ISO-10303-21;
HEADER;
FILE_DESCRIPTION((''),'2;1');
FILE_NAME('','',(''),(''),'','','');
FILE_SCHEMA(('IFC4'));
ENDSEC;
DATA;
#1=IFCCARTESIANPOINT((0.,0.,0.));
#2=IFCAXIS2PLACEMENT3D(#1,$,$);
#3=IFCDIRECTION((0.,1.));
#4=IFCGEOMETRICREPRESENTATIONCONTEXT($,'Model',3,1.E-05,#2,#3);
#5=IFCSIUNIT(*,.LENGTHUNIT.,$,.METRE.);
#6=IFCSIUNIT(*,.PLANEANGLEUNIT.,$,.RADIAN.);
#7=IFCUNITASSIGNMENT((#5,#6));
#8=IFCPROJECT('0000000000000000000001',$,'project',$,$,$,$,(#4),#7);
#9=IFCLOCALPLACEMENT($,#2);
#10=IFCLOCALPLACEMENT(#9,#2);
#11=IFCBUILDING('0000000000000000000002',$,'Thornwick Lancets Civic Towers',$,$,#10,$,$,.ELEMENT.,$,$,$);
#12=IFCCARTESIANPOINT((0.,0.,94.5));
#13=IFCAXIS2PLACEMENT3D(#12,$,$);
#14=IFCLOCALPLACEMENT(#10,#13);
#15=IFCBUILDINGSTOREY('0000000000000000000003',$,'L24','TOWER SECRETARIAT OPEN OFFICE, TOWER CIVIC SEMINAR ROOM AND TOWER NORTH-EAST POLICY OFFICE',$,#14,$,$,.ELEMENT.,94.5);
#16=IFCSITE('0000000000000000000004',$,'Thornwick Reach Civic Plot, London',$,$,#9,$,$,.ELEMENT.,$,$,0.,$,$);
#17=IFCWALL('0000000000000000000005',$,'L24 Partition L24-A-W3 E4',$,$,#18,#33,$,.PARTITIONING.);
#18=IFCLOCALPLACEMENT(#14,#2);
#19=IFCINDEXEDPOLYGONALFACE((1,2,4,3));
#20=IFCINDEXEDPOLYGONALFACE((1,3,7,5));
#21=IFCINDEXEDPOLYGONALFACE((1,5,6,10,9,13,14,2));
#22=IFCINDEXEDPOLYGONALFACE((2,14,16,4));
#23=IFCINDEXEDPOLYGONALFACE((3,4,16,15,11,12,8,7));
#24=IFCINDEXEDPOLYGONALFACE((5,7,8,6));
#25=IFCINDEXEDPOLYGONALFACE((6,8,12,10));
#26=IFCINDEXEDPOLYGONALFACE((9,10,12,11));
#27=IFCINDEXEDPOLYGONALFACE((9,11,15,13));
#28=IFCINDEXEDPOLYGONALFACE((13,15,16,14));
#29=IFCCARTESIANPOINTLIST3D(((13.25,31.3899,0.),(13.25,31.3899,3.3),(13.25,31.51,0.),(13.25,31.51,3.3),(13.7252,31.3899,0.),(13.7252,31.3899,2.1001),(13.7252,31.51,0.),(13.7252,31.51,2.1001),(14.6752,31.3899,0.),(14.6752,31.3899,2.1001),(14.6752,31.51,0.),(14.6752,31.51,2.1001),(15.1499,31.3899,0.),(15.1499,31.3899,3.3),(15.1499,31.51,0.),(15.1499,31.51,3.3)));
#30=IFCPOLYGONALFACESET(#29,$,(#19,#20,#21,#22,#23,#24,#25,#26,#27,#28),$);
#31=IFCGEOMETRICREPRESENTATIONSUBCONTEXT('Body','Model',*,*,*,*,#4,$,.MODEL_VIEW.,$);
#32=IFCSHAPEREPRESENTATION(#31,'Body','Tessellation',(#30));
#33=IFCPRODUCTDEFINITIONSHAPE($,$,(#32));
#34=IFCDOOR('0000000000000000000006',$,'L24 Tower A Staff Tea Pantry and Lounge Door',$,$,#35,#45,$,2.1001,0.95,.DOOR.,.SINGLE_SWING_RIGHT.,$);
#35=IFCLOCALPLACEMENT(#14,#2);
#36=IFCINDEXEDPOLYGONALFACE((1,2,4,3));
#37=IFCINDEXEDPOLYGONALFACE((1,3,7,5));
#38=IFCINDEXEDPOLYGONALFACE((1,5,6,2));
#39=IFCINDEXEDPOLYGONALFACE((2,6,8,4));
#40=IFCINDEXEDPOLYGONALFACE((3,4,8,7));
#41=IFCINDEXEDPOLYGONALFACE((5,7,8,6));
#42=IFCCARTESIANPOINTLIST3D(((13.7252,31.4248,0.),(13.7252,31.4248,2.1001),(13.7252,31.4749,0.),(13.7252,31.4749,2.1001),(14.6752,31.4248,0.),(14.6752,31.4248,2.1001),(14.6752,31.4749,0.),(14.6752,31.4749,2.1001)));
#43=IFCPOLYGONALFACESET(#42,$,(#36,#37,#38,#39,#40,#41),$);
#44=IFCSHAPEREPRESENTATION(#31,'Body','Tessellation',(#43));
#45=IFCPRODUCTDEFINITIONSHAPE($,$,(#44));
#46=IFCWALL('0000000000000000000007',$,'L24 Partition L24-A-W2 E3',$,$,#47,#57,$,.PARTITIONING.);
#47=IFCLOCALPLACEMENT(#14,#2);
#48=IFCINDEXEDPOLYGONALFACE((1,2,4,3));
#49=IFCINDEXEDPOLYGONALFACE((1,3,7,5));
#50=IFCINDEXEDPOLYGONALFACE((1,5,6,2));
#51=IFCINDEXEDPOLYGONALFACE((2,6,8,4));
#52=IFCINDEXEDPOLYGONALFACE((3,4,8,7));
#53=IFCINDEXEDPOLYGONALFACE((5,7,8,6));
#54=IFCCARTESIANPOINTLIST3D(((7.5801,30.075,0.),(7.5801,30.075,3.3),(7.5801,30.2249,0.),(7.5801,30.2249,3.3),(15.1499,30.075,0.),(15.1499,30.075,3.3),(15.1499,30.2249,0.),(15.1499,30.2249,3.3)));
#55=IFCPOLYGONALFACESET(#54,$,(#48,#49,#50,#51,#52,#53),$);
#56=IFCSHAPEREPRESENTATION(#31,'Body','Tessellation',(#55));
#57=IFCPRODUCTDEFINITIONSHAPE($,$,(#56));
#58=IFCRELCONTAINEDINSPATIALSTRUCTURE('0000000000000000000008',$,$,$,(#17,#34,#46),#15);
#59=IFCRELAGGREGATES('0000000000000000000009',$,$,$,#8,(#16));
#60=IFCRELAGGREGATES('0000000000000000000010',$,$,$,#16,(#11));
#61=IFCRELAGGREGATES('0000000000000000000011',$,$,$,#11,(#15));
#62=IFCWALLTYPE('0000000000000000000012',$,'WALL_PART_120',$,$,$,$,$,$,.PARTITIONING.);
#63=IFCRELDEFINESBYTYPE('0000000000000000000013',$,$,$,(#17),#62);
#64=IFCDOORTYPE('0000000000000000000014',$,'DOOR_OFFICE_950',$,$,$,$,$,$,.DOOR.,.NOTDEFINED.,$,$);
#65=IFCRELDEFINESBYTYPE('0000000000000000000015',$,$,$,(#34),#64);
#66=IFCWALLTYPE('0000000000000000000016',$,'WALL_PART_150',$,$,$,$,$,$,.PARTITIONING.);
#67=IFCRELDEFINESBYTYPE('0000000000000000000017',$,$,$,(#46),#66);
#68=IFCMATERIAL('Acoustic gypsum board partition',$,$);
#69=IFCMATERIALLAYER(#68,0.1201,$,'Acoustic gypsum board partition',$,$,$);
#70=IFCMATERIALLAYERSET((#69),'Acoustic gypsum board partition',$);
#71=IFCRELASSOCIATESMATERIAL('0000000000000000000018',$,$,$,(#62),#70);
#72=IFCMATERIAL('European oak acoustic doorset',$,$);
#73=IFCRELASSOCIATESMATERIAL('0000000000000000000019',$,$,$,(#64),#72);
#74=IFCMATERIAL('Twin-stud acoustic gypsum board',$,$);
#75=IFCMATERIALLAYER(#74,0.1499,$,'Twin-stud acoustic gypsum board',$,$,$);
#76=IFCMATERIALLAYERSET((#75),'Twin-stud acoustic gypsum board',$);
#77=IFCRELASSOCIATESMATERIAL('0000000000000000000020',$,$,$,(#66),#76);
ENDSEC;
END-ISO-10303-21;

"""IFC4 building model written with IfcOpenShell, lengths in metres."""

from ifc_helpers import new_model, si_unit, direction, frame, frame_2d, origin, place, context, subcontext, project, spatial, rectangle, extrude, material, layer, layer_set, type_object, element, fill, save


model = new_model("IFC4")

# Units and contexts
model_context = context("Model", 3, precision=1e-05, world=origin(), true_north=direction((0.0, 1.0)))
body_context = subcontext(model_context, "Body", "Model", "MODEL_VIEW")
ifc_project = project(units=[si_unit("LENGTHUNIT", "METRE"), si_unit("PLANEANGLEUNIT", "RADIAN")], contexts=[model_context])

# Site, building, storey
site_placement = place(None, origin())
site = spatial("IfcSite", under=ifc_project, at=site_placement, Name="Thornwick Reach Civic Plot, London", CompositionType="ELEMENT", RefElevation=0.0)
building_placement = place(site_placement, origin())
building = spatial("IfcBuilding", under=site, at=building_placement, Name="Thornwick Lancets Civic Towers", CompositionType="ELEMENT")
storey_placement = place(building_placement, frame((0.0, 0.0, 94.5)))
storey = spatial("IfcBuildingStorey", under=building, at=storey_placement, Name="L24", Description="TOWER SECRETARIAT OPEN OFFICE, TOWER CIVIC SEMINAR ROOM AND TOWER NORTH-EAST POLICY OFFICE", CompositionType="ELEMENT", Elevation=94.5)

# Shared definitions
ifc_material_1 = material(Name="Acoustic gypsum board partition")
ifc_layer_1 = layer(ifc_material_1, 0.1201, Name="Acoustic gypsum board partition")
ifc_layer_set_1 = layer_set([ifc_layer_1], Name="Acoustic gypsum board partition")
wall_type_1 = type_object("IfcWallType", Name="WALL_PART_120", PredefinedType="PARTITIONING", material=ifc_layer_set_1)

# Wall, opening, door
wall_1_placement = place(storey_placement, frame((13.25, 31.45, 0.0), z_axis=(0.0, 0.0, 1.0), x_axis=(1.0, 0.0, 0.0)))
wall_1 = element("IfcWall", 1, at=wall_1_placement, inside=storey, type_object=wall_type_1, Name="L24 Partition L24-A-W3 E4", PredefinedType="PARTITIONING", context=body_context, shape_type="SweptSolid", body=[
    extrude(rectangle(XDim=1.8999, YDim=0.1201, at=frame_2d((0.95, 0.0))), origin(), (0.0, 0.0, 1.0), 3.3),
])
opening_1_placement = place(wall_1_placement, frame((0.4751, 0.0, 0.0)))
opening_1 = element("IfcOpeningElement", 2, at=opening_1_placement, cuts=wall_1, PredefinedType="OPENING", context=body_context, shape_type="SweptSolid", body=[
    extrude(rectangle(XDim=0.95, YDim=2.1001, at=frame_2d((0.4751, 1.05))), frame((0.0, 0.0701, 0.0), z_axis=(0.0, -1.0, 0.0), x_axis=(1.0, 0.0, 0.0)), (0.0, 0.0, 1.0), 0.1401),
])
ifc_material_2 = material(Name="European oak acoustic doorset")
door_type_1 = type_object("IfcDoorType", Name="DOOR_OFFICE_950", OperationType="NOTDEFINED", PredefinedType="DOOR", material=ifc_material_2)
door_1_placement = place(opening_1_placement, origin())
door_1 = element("IfcDoor", 3, at=door_1_placement, inside=storey, type_object=door_type_1, Name="L24 Tower A Staff Tea Pantry and Lounge Door", OperationType="SINGLE_SWING_RIGHT", OverallHeight=2.1001, OverallWidth=0.95, PredefinedType="DOOR", context=body_context, shape_type="SweptSolid", body=[
    extrude(rectangle(XDim=0.95, YDim=2.1001, at=frame_2d((0.4751, 1.05))), frame((0.0, 0.0249, 0.0), z_axis=(0.0, -1.0, 0.0), x_axis=(1.0, 0.0, 0.0)), (0.0, 0.0, 1.0), 0.05),
])
fill(opening_1, door_1)

# Wall
ifc_material_3 = material(Name="Twin-stud acoustic gypsum board")
ifc_layer_2 = layer(ifc_material_3, 0.1499, Name="Twin-stud acoustic gypsum board")
ifc_layer_set_2 = layer_set([ifc_layer_2], Name="Twin-stud acoustic gypsum board")
wall_type_2 = type_object("IfcWallType", Name="WALL_PART_150", PredefinedType="PARTITIONING", material=ifc_layer_set_2)
wall_2_placement = place(storey_placement, frame((7.5801, 30.1499, 0.0), z_axis=(0.0, 0.0, 1.0), x_axis=(1.0, 0.0, 0.0)))
element("IfcWall", 4, at=wall_2_placement, inside=storey, type_object=wall_type_2, Name="L24 Partition L24-A-W2 E3", PredefinedType="PARTITIONING", context=body_context, shape_type="SweptSolid", body=[
    extrude(rectangle(XDim=7.5698, YDim=0.1499, at=frame_2d((3.7849, 0.0))), origin(), (0.0, 0.0, 1.0), 3.3),
])

save(model, "model.ifc")
